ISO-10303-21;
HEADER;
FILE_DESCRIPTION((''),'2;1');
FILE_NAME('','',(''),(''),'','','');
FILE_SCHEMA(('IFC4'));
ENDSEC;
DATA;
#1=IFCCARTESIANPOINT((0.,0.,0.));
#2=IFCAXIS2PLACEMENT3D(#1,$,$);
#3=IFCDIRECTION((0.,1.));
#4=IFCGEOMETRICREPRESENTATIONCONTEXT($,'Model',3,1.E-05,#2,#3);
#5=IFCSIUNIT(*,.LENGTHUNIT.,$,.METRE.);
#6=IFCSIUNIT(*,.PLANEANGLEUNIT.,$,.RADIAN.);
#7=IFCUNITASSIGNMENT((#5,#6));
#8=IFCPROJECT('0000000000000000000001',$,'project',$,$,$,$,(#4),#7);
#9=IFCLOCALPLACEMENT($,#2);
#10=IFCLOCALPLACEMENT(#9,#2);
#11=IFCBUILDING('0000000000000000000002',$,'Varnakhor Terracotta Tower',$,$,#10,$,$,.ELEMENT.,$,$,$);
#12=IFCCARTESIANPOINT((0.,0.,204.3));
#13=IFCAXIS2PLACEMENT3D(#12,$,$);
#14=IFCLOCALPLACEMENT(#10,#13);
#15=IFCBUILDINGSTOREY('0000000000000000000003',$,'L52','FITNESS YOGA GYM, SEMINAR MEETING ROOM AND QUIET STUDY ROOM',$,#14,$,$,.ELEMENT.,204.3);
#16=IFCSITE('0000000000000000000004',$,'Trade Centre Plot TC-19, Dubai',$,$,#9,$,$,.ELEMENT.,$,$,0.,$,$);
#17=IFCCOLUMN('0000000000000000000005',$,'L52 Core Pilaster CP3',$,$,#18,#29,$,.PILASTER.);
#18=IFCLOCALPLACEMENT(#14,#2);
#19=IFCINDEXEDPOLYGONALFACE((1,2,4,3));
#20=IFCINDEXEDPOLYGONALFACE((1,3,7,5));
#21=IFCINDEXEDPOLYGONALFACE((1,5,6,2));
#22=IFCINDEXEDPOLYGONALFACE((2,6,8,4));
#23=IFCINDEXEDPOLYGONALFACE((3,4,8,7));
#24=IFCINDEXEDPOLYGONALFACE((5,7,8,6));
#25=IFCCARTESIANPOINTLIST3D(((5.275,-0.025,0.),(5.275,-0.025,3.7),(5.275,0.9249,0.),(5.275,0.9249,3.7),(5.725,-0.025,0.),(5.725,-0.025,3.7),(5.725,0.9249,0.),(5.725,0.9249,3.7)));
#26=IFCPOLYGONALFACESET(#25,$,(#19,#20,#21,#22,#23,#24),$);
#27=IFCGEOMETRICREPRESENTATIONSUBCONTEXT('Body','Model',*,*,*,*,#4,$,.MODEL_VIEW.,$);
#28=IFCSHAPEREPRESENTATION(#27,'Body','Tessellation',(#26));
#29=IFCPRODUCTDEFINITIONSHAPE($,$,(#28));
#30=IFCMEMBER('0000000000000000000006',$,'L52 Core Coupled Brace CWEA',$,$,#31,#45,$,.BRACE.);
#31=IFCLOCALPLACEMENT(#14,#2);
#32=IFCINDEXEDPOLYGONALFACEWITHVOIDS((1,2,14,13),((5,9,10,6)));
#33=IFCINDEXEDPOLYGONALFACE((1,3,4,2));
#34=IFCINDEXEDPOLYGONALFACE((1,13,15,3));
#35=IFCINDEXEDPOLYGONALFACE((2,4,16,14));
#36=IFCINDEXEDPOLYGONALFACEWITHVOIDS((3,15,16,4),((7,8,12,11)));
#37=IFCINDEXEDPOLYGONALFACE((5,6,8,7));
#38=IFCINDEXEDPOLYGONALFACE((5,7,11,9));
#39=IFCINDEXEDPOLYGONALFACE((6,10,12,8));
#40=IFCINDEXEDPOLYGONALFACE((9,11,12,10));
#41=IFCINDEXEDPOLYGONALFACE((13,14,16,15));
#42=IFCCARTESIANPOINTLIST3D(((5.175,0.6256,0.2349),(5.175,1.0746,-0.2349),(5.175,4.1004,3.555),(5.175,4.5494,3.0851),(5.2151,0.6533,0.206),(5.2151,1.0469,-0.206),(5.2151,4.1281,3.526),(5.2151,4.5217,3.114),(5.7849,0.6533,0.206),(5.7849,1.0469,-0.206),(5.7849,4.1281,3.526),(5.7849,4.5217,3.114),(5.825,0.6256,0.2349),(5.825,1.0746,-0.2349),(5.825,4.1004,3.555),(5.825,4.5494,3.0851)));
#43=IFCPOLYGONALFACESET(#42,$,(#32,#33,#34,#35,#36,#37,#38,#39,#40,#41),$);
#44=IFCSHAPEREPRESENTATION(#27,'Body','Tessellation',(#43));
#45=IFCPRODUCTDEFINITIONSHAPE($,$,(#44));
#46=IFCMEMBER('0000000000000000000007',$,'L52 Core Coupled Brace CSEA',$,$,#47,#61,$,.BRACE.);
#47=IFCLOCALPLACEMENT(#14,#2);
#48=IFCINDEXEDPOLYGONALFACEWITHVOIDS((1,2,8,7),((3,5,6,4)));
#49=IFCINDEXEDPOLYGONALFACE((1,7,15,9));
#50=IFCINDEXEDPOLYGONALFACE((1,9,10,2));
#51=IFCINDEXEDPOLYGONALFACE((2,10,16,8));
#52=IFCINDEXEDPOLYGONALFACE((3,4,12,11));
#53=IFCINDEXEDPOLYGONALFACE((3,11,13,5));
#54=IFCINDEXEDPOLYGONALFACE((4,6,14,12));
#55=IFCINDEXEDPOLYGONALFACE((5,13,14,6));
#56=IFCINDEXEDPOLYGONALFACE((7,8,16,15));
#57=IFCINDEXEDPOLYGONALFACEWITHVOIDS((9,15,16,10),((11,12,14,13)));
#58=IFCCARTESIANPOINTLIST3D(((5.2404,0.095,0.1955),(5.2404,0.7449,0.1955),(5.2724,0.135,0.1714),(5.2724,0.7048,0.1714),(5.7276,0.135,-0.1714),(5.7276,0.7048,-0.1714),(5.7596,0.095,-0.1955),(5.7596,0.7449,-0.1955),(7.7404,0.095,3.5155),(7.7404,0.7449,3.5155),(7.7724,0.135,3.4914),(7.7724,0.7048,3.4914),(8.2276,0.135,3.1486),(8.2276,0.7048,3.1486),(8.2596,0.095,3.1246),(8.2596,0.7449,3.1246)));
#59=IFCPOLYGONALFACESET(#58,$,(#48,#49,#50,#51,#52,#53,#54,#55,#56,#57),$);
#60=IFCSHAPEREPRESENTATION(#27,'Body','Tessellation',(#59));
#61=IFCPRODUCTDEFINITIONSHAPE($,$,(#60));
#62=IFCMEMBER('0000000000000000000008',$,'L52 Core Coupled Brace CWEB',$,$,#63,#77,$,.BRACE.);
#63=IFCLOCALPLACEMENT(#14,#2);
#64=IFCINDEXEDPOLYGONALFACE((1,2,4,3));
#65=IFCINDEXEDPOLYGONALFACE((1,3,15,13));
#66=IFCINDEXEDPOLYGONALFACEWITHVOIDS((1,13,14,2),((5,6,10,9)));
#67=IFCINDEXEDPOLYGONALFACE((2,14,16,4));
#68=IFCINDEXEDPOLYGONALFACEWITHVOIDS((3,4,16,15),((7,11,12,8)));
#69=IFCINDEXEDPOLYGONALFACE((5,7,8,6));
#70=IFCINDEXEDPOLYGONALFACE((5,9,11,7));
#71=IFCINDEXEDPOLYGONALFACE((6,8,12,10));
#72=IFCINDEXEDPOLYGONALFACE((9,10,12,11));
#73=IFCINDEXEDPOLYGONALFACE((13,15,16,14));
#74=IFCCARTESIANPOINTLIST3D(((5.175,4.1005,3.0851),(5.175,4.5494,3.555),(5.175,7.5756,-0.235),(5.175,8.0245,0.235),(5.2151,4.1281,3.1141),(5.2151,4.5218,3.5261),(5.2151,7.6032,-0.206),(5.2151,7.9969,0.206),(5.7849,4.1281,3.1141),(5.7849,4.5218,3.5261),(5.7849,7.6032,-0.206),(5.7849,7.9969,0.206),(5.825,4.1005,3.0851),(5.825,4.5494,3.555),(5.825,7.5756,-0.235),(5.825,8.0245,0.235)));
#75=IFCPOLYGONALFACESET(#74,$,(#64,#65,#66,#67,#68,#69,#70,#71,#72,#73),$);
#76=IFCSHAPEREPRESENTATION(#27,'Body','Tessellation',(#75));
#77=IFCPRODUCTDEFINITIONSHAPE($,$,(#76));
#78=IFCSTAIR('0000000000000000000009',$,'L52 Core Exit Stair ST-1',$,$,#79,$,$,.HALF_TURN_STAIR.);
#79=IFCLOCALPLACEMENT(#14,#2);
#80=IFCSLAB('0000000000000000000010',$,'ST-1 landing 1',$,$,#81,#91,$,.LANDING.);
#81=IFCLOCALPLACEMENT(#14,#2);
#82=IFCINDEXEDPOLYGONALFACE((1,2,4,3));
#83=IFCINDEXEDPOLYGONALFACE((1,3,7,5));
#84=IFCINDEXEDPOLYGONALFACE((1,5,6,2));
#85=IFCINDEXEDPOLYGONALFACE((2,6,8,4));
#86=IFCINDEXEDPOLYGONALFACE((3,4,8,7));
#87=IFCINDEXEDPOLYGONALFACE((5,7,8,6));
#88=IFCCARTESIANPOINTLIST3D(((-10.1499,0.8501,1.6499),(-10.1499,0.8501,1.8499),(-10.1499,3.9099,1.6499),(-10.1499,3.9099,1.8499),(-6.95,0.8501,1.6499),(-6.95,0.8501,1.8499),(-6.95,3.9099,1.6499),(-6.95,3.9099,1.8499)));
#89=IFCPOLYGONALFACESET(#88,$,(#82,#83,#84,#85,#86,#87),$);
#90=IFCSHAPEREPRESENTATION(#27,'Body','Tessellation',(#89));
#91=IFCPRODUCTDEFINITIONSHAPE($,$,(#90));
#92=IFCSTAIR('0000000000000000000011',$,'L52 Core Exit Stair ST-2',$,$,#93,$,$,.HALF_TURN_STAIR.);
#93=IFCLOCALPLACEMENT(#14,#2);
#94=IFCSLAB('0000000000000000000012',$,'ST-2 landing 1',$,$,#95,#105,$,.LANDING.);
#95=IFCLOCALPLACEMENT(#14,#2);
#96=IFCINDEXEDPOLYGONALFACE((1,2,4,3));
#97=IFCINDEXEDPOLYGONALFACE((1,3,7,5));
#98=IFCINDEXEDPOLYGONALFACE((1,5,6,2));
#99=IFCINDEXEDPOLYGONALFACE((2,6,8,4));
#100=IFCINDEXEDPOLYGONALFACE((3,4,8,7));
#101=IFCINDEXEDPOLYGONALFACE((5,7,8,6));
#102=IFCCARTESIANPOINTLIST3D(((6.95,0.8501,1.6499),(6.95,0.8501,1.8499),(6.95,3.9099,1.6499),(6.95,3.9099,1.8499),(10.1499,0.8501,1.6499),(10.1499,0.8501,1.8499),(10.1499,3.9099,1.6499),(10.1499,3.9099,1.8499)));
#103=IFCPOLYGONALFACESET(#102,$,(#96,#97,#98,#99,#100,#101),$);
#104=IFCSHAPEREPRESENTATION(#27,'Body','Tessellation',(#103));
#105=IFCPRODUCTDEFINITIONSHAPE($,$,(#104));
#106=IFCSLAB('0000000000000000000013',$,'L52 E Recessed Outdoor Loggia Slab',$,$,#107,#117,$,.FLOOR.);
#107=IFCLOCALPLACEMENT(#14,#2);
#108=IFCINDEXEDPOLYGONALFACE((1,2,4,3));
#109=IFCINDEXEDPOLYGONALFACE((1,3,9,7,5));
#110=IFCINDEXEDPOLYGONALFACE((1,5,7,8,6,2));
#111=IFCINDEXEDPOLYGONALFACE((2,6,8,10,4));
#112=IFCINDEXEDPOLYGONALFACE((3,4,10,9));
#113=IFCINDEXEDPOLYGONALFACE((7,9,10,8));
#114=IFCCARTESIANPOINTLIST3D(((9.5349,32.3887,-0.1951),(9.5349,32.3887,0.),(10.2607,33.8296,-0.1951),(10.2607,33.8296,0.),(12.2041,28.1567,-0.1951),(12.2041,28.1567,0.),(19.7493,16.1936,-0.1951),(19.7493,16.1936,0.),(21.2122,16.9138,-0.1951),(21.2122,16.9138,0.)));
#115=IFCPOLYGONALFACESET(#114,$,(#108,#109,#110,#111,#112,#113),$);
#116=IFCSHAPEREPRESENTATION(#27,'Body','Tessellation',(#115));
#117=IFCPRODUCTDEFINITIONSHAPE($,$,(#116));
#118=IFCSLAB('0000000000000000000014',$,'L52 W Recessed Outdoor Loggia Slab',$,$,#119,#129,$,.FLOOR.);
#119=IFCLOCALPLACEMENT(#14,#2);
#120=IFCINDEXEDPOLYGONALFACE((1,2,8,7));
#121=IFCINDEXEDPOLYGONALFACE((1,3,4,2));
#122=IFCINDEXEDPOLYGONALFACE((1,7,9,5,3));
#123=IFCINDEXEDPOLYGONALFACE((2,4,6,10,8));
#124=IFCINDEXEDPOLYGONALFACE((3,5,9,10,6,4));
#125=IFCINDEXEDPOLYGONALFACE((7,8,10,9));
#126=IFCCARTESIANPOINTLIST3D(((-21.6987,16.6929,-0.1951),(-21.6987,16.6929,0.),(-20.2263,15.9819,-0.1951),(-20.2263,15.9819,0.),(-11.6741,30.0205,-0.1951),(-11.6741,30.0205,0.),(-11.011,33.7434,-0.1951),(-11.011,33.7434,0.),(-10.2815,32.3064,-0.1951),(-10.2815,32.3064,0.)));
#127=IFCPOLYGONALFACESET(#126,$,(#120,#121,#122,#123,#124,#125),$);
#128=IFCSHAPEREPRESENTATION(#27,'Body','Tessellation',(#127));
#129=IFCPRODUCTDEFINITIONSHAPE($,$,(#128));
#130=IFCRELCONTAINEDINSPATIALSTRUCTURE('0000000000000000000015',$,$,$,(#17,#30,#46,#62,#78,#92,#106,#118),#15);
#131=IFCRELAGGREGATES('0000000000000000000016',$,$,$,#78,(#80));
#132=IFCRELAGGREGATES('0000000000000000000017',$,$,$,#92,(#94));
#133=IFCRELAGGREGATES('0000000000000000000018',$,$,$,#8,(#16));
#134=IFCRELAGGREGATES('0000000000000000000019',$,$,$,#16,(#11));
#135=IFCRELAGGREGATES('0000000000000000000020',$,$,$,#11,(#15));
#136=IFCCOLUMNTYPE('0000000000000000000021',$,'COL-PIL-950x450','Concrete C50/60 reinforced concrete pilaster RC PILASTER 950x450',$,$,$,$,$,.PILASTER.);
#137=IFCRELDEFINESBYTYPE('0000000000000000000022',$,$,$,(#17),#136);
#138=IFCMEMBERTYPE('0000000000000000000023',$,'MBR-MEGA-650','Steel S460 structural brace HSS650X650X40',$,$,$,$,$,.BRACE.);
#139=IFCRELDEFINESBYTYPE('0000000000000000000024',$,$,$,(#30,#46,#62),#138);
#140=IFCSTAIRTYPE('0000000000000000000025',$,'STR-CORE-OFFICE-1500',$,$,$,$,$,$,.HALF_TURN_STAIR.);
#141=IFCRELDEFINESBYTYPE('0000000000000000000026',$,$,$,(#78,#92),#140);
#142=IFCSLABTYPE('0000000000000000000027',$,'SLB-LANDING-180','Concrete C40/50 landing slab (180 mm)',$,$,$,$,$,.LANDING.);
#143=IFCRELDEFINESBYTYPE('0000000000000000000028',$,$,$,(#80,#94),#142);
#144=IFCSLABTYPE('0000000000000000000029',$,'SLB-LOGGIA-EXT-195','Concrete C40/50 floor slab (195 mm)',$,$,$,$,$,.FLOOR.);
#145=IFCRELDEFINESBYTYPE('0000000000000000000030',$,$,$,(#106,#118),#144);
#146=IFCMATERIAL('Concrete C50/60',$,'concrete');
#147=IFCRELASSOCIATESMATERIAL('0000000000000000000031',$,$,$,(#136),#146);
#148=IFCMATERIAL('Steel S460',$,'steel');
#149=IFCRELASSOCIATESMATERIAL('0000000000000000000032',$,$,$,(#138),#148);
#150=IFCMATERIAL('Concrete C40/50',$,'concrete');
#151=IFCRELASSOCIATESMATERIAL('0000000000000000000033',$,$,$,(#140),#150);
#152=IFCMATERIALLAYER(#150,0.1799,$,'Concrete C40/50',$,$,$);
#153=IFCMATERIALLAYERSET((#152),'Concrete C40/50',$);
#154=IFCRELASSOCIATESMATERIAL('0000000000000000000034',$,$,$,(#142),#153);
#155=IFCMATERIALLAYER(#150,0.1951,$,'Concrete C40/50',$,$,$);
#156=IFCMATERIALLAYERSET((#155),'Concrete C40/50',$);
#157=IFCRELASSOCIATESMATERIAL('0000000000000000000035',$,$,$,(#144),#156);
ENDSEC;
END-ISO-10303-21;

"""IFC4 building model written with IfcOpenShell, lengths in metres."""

from ifc_helpers import new_model, si_unit, direction, frame, origin, origin_2d, place, context, subcontext, project, spatial, polyline, rectangle, hollow_rectangle, outline, extrude, source, transform, mapped, material, layer, layer_set, material_profile, profile_set, type_object, element, aggregate, save


model = new_model("IFC4")

# Units and contexts
model_context = context("Model", 3, precision=1e-05, world=origin(), true_north=direction((0.0, 1.0)))
body_context = subcontext(model_context, "Body", "Model", "MODEL_VIEW")
ifc_project = project(units=[si_unit("LENGTHUNIT", "METRE"), si_unit("PLANEANGLEUNIT", "RADIAN")], contexts=[model_context])

# Site, building, storey
site_placement = place(None, origin())
site = spatial("IfcSite", under=ifc_project, at=site_placement, Name="Trade Centre Plot TC-19, Dubai", CompositionType="ELEMENT", RefElevation=0.0)
building_placement = place(site_placement, origin())
building = spatial("IfcBuilding", under=site, at=building_placement, Name="Varnakhor Terracotta Tower", CompositionType="ELEMENT")
storey_placement = place(building_placement, frame((0.0, 0.0, 204.3)))
storey = spatial("IfcBuildingStorey", under=building, at=storey_placement, Name="L52", Description="FITNESS YOGA GYM, SEMINAR MEETING ROOM AND QUIET STUDY ROOM", CompositionType="ELEMENT", Elevation=204.3)

# Column
ifc_material_1 = material(Name="Concrete C50/60", Category="concrete")
ifc_material_profile_1 = material_profile(ifc_material_1, rectangle(XDim=0.45, YDim=0.95, at=origin_2d()), Name="RC PILASTER 950x450")
ifc_profile_set_1 = profile_set([ifc_material_profile_1], Name="Concrete C50/60")
column_type = type_object("IfcColumnType", Name="COL-PIL-950x450", Description="Concrete C50/60 reinforced concrete pilaster RC PILASTER 950x450", PredefinedType="PILASTER", material=ifc_profile_set_1)
shared_shape_1 = source(origin(), body_context, "Body", "SweptSolid", [
    extrude(rectangle(XDim=0.45, YDim=0.95, at=origin_2d()), origin(), (0.0, 0.0, 1.0), 3.7),
])
column_placement = place(storey_placement, frame((5.5, 0.45, 0.0), z_axis=(0.0, 0.0, 1.0), x_axis=(1.0, 0.0, 0.0)))
element("IfcColumn", 1, at=column_placement, inside=storey, type_object=column_type, Name="L52 Core Pilaster CP3", PredefinedType="PILASTER", context=body_context, shape_type="MappedRepresentation", body=[
    mapped(shared_shape_1, transform((0.0, 0.0, 0.0), scale=1.0)),
])

# Members
ifc_material_2 = material(Name="Steel S460", Category="steel")
ifc_material_profile_2 = material_profile(ifc_material_2, hollow_rectangle(XDim=0.6499, YDim=0.6499, WallThickness=0.04, at=origin_2d()), Name="HSS650X650X40")
ifc_profile_set_2 = profile_set([ifc_material_profile_2], Name="Steel S460")
member_type = type_object("IfcMemberType", Name="MBR-MEGA-650", Description="Steel S460 structural brace HSS650X650X40", PredefinedType="BRACE", material=ifc_profile_set_2)
shared_shape_2 = source(origin(), body_context, "Body", "SweptSolid", [
    extrude(hollow_rectangle(XDim=0.6499, YDim=0.6499, WallThickness=0.04, at=origin_2d()), origin(), (0.0, 0.0, 1.0), 4.8059),
])
member_1_placement = place(storey_placement, frame((5.5, 0.8501, 0.0), z_axis=(0.0, 0.723027, 0.69082), x_axis=(-1.0, 0.0, 0.0)))
element("IfcMember", 2, at=member_1_placement, inside=storey, type_object=member_type, Name="L52 Core Coupled Brace CWEA", PredefinedType="BRACE", context=body_context, shape_type="MappedRepresentation", body=[
    mapped(shared_shape_2, transform((0.0, 0.0, 0.0), scale=1.0)),
])
shared_shape_3 = source(origin(), body_context, "Body", "SweptSolid", [
    extrude(hollow_rectangle(XDim=0.6499, YDim=0.6499, WallThickness=0.04, at=origin_2d()), origin(), (0.0, 0.0, 1.0), 4.156),
])
member_2_placement = place(storey_placement, frame((5.5, 0.4199, 0.0), z_axis=(0.601531, 0.0, 0.79885), x_axis=(0.0, 1.0, 0.0)))
element("IfcMember", 3, at=member_2_placement, inside=storey, type_object=member_type, Name="L52 Core Coupled Brace CSEA", PredefinedType="BRACE", context=body_context, shape_type="MappedRepresentation", body=[
    mapped(shared_shape_3, transform((0.0, 0.0, 0.0), scale=1.0)),
])
shared_shape_4 = source(origin(), body_context, "Body", "SweptSolid", [
    extrude(hollow_rectangle(XDim=0.6499, YDim=0.6499, WallThickness=0.04, at=origin_2d()), origin(), (0.0, 0.0, 1.0), 4.8062),
])
member_3_placement = place(storey_placement, frame((5.5, 7.8, 0.0), z_axis=(0.0, -0.723051, 0.690795), x_axis=(1.0, 0.0, 0.0)))
element("IfcMember", 4, at=member_3_placement, inside=storey, type_object=member_type, Name="L52 Core Coupled Brace CWEB", PredefinedType="BRACE", context=body_context, shape_type="MappedRepresentation", body=[
    mapped(shared_shape_4, transform((0.0, 0.0, 0.0), scale=1.0)),
])

# Stairs, slabs
ifc_material_3 = material(Name="Concrete C40/50", Category="concrete")
stair_type = type_object("IfcStairType", Name="STR-CORE-OFFICE-1500", PredefinedType="HALF_TURN_STAIR", material=ifc_material_3)
stair_1_placement = place(storey_placement, origin())
stair_1 = element("IfcStair", 5, at=stair_1_placement, inside=storey, type_object=stair_type, Name="L52 Core Exit Stair ST-1", PredefinedType="HALF_TURN_STAIR")
ifc_layer_1 = layer(ifc_material_3, 0.1799, Name="Concrete C40/50")
ifc_layer_set_1 = layer_set([ifc_layer_1], Name="Concrete C40/50")
slab_type_1 = type_object("IfcSlabType", Name="SLB-LANDING-180", Description="Concrete C40/50 landing slab (180 mm)", PredefinedType="LANDING", material=ifc_layer_set_1)
slab_1_placement = place(storey_placement, frame((0.0, 0.0, 1.6499)))
slab_1 = element("IfcSlab", 6, at=slab_1_placement, type_object=slab_type_1, Name="ST-1 landing 1", PredefinedType="LANDING", context=body_context, shape_type="SweptSolid", body=[
    extrude(outline(polyline([(-10.1499, 3.9099), (-10.1499, 0.8501), (-6.95, 0.8501), (-6.95, 3.9099), (-10.1499, 3.9099)])), origin(), (0.0, 0.0, 1.0), 0.2),
])
aggregate(stair_1, [slab_1])
stair_2_placement = place(storey_placement, origin())
stair_2 = element("IfcStair", 7, at=stair_2_placement, inside=storey, type_object=stair_type, Name="L52 Core Exit Stair ST-2", PredefinedType="HALF_TURN_STAIR")
slab_2_placement = place(storey_placement, frame((0.0, 0.0, 1.6499)))
slab_2 = element("IfcSlab", 8, at=slab_2_placement, type_object=slab_type_1, Name="ST-2 landing 1", PredefinedType="LANDING", context=body_context, shape_type="SweptSolid", body=[
    extrude(outline(polyline([(6.95, 3.9099), (6.95, 0.8501), (10.1499, 0.8501), (10.1499, 3.9099), (6.95, 3.9099)])), origin(), (0.0, 0.0, 1.0), 0.2),
])

# Slabs
ifc_layer_2 = layer(ifc_material_3, 0.1951, Name="Concrete C40/50")
ifc_layer_set_2 = layer_set([ifc_layer_2], Name="Concrete C40/50")
slab_type_2 = type_object("IfcSlabType", Name="SLB-LOGGIA-EXT-195", Description="Concrete C40/50 floor slab (195 mm)", PredefinedType="FLOOR", material=ifc_layer_set_2)
slab_3_placement = place(storey_placement, frame((0.0, 0.0, -0.1951)))
element("IfcSlab", 9, at=slab_3_placement, inside=storey, type_object=slab_type_2, Name="L52 E Recessed Outdoor Loggia Slab", PredefinedType="FLOOR", context=body_context, shape_type="SweptSolid", body=[
    extrude(outline(polyline([(10.2607, 33.8296), (21.2122, 16.9138), (19.7493, 16.1936), (12.2041, 28.1567), (9.5349, 32.3887), (10.2607, 33.8296)])), origin(), (0.0, 0.0, 1.0), 0.1951),
])
slab_4_placement = place(storey_placement, frame((0.0, 0.0, -0.1951)))
element("IfcSlab", 10, at=slab_4_placement, inside=storey, type_object=slab_type_2, Name="L52 W Recessed Outdoor Loggia Slab", PredefinedType="FLOOR", context=body_context, shape_type="SweptSolid", body=[
    extrude(outline(polyline([(-21.6987, 16.6929), (-11.011, 33.7434), (-10.2815, 32.3064), (-11.6741, 30.0205), (-20.2263, 15.9819), (-21.6987, 16.6929)])), origin(), (0.0, 0.0, 1.0), 0.1951),
])

aggregate(stair_2, [slab_2])

save(model, "model.ifc")
